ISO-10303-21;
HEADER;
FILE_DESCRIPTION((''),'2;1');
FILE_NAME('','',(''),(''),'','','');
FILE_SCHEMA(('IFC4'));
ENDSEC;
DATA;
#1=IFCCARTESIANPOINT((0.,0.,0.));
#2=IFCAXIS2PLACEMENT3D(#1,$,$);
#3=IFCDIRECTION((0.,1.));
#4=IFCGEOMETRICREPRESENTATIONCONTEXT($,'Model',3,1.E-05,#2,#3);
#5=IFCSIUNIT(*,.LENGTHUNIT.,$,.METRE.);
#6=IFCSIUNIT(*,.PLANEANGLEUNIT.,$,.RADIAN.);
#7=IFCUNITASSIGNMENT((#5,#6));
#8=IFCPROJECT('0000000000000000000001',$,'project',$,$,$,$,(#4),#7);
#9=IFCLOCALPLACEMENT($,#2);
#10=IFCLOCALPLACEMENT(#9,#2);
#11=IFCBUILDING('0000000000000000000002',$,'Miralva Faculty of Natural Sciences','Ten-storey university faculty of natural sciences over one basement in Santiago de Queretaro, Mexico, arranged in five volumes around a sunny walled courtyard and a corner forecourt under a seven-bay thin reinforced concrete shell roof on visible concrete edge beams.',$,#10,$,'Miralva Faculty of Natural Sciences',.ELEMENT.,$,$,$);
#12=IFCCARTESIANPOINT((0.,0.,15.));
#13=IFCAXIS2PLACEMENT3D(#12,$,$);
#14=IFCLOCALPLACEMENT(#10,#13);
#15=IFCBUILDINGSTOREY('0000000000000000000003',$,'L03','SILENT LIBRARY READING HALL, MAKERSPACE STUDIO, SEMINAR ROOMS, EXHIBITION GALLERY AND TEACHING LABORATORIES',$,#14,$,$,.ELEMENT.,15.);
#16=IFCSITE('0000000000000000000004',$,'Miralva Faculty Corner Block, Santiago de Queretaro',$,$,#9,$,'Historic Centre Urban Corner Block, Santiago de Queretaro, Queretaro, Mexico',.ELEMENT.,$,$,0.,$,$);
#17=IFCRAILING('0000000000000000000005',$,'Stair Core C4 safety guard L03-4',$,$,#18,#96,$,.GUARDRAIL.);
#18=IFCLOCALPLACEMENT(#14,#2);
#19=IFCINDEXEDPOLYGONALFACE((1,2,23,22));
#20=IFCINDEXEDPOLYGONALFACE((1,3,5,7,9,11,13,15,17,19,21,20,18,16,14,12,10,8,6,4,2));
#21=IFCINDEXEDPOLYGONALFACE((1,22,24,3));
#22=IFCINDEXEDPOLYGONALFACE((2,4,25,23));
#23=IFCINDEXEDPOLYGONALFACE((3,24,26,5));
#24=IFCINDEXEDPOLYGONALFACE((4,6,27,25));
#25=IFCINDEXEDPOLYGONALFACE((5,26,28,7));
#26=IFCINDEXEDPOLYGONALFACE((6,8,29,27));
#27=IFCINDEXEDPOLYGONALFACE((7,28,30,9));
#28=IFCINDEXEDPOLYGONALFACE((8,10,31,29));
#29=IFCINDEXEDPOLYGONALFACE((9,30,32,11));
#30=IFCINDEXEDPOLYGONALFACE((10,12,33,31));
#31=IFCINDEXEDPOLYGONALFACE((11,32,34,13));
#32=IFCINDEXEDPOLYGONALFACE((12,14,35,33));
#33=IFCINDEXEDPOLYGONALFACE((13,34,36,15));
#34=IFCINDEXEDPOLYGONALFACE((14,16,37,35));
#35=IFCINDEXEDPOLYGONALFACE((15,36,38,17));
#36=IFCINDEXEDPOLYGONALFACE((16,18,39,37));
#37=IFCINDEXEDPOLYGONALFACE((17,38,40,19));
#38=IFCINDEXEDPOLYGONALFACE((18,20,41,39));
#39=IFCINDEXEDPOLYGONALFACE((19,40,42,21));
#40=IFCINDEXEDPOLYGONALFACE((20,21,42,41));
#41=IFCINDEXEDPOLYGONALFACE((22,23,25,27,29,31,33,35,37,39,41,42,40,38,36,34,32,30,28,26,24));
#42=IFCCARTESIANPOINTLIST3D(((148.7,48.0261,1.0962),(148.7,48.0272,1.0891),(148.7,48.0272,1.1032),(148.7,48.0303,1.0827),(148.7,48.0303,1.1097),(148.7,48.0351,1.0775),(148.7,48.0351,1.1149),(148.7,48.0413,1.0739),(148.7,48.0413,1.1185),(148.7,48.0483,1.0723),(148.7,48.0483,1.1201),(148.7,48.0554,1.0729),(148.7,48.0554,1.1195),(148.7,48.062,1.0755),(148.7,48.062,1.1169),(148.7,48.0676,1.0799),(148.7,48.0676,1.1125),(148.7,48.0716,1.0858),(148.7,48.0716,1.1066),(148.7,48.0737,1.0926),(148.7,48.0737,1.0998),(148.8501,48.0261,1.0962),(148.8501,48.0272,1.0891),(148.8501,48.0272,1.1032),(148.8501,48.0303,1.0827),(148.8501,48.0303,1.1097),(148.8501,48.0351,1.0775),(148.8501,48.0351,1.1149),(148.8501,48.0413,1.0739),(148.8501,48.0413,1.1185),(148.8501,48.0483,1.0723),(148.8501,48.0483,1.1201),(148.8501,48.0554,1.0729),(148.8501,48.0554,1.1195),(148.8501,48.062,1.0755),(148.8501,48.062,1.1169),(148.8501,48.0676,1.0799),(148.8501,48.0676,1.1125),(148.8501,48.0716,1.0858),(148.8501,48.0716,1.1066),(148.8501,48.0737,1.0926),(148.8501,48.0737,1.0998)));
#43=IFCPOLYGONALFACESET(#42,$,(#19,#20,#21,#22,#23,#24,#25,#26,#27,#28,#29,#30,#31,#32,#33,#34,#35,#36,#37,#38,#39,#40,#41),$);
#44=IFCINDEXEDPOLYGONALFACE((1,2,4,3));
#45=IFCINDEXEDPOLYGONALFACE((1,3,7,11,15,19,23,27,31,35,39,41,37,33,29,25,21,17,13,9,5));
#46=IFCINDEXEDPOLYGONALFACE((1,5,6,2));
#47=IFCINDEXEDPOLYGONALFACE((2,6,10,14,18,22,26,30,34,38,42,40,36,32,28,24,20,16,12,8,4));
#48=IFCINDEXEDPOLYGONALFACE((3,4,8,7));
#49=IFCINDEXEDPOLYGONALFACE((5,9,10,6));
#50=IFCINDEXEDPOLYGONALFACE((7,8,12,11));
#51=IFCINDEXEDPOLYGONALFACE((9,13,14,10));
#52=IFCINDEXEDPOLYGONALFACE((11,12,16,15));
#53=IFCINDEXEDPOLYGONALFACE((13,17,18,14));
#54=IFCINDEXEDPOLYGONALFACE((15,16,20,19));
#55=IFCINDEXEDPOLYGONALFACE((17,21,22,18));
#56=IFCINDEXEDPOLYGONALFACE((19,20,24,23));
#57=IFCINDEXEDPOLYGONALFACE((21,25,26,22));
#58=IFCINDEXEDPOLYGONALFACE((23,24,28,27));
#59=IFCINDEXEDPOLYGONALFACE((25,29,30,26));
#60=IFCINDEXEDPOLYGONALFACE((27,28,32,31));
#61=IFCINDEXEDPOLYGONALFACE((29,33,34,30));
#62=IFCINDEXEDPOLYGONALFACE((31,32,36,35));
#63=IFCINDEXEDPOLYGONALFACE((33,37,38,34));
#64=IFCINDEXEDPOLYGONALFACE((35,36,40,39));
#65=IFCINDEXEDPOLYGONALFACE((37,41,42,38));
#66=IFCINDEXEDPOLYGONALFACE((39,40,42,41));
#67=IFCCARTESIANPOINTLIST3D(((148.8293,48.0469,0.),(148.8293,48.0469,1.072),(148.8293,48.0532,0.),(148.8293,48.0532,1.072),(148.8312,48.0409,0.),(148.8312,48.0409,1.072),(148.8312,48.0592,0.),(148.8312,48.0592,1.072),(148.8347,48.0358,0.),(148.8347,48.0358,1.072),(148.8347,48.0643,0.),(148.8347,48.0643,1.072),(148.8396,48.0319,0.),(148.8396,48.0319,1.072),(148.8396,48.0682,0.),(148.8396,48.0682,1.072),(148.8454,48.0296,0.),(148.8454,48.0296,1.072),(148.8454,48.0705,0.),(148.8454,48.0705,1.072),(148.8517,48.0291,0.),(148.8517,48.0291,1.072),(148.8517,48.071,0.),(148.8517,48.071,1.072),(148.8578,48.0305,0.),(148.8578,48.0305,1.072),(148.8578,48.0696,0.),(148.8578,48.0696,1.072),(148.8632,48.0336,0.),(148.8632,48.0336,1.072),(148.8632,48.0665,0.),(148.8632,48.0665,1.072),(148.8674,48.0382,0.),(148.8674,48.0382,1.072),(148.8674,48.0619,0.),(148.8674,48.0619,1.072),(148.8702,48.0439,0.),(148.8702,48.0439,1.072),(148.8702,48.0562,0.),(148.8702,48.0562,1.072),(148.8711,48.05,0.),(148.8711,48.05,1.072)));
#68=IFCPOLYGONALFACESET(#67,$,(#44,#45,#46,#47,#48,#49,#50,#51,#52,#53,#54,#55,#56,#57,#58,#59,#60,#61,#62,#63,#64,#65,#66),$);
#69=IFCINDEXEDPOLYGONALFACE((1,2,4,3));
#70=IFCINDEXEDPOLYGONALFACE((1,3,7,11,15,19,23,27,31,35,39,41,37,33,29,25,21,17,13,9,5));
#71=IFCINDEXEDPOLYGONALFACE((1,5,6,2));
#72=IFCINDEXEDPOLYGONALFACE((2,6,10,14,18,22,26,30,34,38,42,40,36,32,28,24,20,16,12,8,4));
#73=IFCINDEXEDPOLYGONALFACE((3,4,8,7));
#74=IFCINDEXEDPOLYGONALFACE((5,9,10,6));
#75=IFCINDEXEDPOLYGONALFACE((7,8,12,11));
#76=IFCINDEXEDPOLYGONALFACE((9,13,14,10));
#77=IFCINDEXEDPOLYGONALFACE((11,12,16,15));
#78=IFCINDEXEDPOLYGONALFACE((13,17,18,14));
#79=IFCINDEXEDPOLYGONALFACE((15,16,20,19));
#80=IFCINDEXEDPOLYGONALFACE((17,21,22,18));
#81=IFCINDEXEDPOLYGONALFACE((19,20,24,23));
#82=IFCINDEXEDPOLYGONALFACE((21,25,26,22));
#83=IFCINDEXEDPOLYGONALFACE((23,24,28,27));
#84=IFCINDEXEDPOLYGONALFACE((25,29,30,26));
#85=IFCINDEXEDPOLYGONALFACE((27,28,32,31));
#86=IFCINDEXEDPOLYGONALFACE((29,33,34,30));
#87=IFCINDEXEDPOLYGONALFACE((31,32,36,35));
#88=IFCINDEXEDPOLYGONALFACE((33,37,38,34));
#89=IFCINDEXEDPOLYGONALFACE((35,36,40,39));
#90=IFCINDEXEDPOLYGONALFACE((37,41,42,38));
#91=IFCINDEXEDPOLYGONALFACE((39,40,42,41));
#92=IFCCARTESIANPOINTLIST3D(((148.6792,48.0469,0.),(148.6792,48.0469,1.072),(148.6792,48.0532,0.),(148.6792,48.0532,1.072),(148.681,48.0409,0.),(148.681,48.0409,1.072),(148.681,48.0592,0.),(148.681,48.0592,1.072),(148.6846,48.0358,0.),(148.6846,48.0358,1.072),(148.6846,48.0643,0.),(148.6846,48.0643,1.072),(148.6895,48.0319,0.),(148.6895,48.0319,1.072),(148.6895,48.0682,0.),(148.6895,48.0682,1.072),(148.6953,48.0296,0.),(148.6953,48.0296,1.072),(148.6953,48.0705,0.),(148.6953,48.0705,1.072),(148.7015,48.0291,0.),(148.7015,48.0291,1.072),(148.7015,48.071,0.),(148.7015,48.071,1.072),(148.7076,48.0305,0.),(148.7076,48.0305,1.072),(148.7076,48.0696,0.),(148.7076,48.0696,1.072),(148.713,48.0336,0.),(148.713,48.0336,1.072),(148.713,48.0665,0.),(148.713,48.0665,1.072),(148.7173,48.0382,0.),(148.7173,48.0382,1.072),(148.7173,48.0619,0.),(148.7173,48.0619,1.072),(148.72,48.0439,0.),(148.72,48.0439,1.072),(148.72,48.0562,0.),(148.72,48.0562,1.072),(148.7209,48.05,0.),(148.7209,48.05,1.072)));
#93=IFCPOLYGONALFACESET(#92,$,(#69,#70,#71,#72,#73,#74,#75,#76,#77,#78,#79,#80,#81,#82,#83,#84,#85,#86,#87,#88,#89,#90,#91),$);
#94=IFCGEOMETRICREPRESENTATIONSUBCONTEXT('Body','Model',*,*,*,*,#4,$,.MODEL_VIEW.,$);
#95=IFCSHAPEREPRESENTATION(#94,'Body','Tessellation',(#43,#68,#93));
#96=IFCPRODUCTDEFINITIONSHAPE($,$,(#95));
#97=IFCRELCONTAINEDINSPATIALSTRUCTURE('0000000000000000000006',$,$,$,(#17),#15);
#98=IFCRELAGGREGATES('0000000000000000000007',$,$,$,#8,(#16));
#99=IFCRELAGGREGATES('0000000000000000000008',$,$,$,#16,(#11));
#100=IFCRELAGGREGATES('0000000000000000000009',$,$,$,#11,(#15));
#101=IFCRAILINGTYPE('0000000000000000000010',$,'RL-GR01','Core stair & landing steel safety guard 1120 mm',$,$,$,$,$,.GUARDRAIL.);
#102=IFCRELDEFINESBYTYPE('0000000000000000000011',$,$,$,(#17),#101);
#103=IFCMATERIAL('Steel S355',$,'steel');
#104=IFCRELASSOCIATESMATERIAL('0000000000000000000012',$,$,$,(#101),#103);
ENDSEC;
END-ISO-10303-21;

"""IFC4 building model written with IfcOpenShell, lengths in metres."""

from ifc_helpers import new_model, si_unit, direction, frame, origin, origin_2d, place, context, subcontext, project, spatial, circle, extrude, material, type_object, element, save


model = new_model("IFC4")

# Units and contexts
model_context = context("Model", 3, precision=1e-05, world=origin(), true_north=direction((0.0, 1.0)))
body_context = subcontext(model_context, "Body", "Model", "MODEL_VIEW")
ifc_project = project(units=[si_unit("LENGTHUNIT", "METRE"), si_unit("PLANEANGLEUNIT", "RADIAN")], contexts=[model_context])

# Site, building, storey
site_placement = place(None, origin())
site = spatial("IfcSite", under=ifc_project, at=site_placement, Name="Miralva Faculty Corner Block, Santiago de Queretaro", LongName="Historic Centre Urban Corner Block, Santiago de Queretaro, Queretaro, Mexico", CompositionType="ELEMENT", RefElevation=0.0)
building_placement = place(site_placement, origin())
building = spatial("IfcBuilding", under=site, at=building_placement, Name="Miralva Faculty of Natural Sciences", Description="Ten-storey university faculty of natural sciences over one basement in Santiago de Queretaro, Mexico, arranged in five volumes around a sunny walled courtyard and a corner forecourt under a seven-bay thin reinforced concrete shell roof on visible concrete edge beams.", LongName="Miralva Faculty of Natural Sciences", CompositionType="ELEMENT")
storey_placement = place(building_placement, frame((0.0, 0.0, 15.0)))
storey = spatial("IfcBuildingStorey", under=building, at=storey_placement, Name="L03", Description="SILENT LIBRARY READING HALL, MAKERSPACE STUDIO, SEMINAR ROOMS, EXHIBITION GALLERY AND TEACHING LABORATORIES", CompositionType="ELEMENT", Elevation=15.0)

# Railing
ifc_material_1 = material(Name="Steel S355", Category="steel")
railing_type_1 = type_object("IfcRailingType", Name="RL-GR01", Description="Core stair & landing steel safety guard 1120 mm", PredefinedType="GUARDRAIL", material=ifc_material_1)
railing_1_placement = place(storey_placement, frame((148.8501, 48.05, 0.0)))
element("IfcRailing", 1, at=railing_1_placement, inside=storey, type_object=railing_type_1, Name="Stair Core C4 safety guard L03-4", PredefinedType="GUARDRAIL", context=body_context, shape_type="SweptSolid", body=[
    extrude(circle(Radius=0.0239, at=origin_2d()), frame((0.0, 0.0, 1.0962), z_axis=(-1.0, 0.0, 0.0), x_axis=(0.0, -1.0, 0.0)), (0.0, 0.0, 1.0), 0.1501),
    extrude(circle(Radius=0.021, at=origin_2d()), origin(), (0.0, 0.0, 1.0), 1.072),
    extrude(circle(Radius=0.021, at=origin_2d()), frame((-0.1501, 0.0, 0.0)), (0.0, 0.0, 1.0), 1.072),
])

save(model, "model.ifc")
